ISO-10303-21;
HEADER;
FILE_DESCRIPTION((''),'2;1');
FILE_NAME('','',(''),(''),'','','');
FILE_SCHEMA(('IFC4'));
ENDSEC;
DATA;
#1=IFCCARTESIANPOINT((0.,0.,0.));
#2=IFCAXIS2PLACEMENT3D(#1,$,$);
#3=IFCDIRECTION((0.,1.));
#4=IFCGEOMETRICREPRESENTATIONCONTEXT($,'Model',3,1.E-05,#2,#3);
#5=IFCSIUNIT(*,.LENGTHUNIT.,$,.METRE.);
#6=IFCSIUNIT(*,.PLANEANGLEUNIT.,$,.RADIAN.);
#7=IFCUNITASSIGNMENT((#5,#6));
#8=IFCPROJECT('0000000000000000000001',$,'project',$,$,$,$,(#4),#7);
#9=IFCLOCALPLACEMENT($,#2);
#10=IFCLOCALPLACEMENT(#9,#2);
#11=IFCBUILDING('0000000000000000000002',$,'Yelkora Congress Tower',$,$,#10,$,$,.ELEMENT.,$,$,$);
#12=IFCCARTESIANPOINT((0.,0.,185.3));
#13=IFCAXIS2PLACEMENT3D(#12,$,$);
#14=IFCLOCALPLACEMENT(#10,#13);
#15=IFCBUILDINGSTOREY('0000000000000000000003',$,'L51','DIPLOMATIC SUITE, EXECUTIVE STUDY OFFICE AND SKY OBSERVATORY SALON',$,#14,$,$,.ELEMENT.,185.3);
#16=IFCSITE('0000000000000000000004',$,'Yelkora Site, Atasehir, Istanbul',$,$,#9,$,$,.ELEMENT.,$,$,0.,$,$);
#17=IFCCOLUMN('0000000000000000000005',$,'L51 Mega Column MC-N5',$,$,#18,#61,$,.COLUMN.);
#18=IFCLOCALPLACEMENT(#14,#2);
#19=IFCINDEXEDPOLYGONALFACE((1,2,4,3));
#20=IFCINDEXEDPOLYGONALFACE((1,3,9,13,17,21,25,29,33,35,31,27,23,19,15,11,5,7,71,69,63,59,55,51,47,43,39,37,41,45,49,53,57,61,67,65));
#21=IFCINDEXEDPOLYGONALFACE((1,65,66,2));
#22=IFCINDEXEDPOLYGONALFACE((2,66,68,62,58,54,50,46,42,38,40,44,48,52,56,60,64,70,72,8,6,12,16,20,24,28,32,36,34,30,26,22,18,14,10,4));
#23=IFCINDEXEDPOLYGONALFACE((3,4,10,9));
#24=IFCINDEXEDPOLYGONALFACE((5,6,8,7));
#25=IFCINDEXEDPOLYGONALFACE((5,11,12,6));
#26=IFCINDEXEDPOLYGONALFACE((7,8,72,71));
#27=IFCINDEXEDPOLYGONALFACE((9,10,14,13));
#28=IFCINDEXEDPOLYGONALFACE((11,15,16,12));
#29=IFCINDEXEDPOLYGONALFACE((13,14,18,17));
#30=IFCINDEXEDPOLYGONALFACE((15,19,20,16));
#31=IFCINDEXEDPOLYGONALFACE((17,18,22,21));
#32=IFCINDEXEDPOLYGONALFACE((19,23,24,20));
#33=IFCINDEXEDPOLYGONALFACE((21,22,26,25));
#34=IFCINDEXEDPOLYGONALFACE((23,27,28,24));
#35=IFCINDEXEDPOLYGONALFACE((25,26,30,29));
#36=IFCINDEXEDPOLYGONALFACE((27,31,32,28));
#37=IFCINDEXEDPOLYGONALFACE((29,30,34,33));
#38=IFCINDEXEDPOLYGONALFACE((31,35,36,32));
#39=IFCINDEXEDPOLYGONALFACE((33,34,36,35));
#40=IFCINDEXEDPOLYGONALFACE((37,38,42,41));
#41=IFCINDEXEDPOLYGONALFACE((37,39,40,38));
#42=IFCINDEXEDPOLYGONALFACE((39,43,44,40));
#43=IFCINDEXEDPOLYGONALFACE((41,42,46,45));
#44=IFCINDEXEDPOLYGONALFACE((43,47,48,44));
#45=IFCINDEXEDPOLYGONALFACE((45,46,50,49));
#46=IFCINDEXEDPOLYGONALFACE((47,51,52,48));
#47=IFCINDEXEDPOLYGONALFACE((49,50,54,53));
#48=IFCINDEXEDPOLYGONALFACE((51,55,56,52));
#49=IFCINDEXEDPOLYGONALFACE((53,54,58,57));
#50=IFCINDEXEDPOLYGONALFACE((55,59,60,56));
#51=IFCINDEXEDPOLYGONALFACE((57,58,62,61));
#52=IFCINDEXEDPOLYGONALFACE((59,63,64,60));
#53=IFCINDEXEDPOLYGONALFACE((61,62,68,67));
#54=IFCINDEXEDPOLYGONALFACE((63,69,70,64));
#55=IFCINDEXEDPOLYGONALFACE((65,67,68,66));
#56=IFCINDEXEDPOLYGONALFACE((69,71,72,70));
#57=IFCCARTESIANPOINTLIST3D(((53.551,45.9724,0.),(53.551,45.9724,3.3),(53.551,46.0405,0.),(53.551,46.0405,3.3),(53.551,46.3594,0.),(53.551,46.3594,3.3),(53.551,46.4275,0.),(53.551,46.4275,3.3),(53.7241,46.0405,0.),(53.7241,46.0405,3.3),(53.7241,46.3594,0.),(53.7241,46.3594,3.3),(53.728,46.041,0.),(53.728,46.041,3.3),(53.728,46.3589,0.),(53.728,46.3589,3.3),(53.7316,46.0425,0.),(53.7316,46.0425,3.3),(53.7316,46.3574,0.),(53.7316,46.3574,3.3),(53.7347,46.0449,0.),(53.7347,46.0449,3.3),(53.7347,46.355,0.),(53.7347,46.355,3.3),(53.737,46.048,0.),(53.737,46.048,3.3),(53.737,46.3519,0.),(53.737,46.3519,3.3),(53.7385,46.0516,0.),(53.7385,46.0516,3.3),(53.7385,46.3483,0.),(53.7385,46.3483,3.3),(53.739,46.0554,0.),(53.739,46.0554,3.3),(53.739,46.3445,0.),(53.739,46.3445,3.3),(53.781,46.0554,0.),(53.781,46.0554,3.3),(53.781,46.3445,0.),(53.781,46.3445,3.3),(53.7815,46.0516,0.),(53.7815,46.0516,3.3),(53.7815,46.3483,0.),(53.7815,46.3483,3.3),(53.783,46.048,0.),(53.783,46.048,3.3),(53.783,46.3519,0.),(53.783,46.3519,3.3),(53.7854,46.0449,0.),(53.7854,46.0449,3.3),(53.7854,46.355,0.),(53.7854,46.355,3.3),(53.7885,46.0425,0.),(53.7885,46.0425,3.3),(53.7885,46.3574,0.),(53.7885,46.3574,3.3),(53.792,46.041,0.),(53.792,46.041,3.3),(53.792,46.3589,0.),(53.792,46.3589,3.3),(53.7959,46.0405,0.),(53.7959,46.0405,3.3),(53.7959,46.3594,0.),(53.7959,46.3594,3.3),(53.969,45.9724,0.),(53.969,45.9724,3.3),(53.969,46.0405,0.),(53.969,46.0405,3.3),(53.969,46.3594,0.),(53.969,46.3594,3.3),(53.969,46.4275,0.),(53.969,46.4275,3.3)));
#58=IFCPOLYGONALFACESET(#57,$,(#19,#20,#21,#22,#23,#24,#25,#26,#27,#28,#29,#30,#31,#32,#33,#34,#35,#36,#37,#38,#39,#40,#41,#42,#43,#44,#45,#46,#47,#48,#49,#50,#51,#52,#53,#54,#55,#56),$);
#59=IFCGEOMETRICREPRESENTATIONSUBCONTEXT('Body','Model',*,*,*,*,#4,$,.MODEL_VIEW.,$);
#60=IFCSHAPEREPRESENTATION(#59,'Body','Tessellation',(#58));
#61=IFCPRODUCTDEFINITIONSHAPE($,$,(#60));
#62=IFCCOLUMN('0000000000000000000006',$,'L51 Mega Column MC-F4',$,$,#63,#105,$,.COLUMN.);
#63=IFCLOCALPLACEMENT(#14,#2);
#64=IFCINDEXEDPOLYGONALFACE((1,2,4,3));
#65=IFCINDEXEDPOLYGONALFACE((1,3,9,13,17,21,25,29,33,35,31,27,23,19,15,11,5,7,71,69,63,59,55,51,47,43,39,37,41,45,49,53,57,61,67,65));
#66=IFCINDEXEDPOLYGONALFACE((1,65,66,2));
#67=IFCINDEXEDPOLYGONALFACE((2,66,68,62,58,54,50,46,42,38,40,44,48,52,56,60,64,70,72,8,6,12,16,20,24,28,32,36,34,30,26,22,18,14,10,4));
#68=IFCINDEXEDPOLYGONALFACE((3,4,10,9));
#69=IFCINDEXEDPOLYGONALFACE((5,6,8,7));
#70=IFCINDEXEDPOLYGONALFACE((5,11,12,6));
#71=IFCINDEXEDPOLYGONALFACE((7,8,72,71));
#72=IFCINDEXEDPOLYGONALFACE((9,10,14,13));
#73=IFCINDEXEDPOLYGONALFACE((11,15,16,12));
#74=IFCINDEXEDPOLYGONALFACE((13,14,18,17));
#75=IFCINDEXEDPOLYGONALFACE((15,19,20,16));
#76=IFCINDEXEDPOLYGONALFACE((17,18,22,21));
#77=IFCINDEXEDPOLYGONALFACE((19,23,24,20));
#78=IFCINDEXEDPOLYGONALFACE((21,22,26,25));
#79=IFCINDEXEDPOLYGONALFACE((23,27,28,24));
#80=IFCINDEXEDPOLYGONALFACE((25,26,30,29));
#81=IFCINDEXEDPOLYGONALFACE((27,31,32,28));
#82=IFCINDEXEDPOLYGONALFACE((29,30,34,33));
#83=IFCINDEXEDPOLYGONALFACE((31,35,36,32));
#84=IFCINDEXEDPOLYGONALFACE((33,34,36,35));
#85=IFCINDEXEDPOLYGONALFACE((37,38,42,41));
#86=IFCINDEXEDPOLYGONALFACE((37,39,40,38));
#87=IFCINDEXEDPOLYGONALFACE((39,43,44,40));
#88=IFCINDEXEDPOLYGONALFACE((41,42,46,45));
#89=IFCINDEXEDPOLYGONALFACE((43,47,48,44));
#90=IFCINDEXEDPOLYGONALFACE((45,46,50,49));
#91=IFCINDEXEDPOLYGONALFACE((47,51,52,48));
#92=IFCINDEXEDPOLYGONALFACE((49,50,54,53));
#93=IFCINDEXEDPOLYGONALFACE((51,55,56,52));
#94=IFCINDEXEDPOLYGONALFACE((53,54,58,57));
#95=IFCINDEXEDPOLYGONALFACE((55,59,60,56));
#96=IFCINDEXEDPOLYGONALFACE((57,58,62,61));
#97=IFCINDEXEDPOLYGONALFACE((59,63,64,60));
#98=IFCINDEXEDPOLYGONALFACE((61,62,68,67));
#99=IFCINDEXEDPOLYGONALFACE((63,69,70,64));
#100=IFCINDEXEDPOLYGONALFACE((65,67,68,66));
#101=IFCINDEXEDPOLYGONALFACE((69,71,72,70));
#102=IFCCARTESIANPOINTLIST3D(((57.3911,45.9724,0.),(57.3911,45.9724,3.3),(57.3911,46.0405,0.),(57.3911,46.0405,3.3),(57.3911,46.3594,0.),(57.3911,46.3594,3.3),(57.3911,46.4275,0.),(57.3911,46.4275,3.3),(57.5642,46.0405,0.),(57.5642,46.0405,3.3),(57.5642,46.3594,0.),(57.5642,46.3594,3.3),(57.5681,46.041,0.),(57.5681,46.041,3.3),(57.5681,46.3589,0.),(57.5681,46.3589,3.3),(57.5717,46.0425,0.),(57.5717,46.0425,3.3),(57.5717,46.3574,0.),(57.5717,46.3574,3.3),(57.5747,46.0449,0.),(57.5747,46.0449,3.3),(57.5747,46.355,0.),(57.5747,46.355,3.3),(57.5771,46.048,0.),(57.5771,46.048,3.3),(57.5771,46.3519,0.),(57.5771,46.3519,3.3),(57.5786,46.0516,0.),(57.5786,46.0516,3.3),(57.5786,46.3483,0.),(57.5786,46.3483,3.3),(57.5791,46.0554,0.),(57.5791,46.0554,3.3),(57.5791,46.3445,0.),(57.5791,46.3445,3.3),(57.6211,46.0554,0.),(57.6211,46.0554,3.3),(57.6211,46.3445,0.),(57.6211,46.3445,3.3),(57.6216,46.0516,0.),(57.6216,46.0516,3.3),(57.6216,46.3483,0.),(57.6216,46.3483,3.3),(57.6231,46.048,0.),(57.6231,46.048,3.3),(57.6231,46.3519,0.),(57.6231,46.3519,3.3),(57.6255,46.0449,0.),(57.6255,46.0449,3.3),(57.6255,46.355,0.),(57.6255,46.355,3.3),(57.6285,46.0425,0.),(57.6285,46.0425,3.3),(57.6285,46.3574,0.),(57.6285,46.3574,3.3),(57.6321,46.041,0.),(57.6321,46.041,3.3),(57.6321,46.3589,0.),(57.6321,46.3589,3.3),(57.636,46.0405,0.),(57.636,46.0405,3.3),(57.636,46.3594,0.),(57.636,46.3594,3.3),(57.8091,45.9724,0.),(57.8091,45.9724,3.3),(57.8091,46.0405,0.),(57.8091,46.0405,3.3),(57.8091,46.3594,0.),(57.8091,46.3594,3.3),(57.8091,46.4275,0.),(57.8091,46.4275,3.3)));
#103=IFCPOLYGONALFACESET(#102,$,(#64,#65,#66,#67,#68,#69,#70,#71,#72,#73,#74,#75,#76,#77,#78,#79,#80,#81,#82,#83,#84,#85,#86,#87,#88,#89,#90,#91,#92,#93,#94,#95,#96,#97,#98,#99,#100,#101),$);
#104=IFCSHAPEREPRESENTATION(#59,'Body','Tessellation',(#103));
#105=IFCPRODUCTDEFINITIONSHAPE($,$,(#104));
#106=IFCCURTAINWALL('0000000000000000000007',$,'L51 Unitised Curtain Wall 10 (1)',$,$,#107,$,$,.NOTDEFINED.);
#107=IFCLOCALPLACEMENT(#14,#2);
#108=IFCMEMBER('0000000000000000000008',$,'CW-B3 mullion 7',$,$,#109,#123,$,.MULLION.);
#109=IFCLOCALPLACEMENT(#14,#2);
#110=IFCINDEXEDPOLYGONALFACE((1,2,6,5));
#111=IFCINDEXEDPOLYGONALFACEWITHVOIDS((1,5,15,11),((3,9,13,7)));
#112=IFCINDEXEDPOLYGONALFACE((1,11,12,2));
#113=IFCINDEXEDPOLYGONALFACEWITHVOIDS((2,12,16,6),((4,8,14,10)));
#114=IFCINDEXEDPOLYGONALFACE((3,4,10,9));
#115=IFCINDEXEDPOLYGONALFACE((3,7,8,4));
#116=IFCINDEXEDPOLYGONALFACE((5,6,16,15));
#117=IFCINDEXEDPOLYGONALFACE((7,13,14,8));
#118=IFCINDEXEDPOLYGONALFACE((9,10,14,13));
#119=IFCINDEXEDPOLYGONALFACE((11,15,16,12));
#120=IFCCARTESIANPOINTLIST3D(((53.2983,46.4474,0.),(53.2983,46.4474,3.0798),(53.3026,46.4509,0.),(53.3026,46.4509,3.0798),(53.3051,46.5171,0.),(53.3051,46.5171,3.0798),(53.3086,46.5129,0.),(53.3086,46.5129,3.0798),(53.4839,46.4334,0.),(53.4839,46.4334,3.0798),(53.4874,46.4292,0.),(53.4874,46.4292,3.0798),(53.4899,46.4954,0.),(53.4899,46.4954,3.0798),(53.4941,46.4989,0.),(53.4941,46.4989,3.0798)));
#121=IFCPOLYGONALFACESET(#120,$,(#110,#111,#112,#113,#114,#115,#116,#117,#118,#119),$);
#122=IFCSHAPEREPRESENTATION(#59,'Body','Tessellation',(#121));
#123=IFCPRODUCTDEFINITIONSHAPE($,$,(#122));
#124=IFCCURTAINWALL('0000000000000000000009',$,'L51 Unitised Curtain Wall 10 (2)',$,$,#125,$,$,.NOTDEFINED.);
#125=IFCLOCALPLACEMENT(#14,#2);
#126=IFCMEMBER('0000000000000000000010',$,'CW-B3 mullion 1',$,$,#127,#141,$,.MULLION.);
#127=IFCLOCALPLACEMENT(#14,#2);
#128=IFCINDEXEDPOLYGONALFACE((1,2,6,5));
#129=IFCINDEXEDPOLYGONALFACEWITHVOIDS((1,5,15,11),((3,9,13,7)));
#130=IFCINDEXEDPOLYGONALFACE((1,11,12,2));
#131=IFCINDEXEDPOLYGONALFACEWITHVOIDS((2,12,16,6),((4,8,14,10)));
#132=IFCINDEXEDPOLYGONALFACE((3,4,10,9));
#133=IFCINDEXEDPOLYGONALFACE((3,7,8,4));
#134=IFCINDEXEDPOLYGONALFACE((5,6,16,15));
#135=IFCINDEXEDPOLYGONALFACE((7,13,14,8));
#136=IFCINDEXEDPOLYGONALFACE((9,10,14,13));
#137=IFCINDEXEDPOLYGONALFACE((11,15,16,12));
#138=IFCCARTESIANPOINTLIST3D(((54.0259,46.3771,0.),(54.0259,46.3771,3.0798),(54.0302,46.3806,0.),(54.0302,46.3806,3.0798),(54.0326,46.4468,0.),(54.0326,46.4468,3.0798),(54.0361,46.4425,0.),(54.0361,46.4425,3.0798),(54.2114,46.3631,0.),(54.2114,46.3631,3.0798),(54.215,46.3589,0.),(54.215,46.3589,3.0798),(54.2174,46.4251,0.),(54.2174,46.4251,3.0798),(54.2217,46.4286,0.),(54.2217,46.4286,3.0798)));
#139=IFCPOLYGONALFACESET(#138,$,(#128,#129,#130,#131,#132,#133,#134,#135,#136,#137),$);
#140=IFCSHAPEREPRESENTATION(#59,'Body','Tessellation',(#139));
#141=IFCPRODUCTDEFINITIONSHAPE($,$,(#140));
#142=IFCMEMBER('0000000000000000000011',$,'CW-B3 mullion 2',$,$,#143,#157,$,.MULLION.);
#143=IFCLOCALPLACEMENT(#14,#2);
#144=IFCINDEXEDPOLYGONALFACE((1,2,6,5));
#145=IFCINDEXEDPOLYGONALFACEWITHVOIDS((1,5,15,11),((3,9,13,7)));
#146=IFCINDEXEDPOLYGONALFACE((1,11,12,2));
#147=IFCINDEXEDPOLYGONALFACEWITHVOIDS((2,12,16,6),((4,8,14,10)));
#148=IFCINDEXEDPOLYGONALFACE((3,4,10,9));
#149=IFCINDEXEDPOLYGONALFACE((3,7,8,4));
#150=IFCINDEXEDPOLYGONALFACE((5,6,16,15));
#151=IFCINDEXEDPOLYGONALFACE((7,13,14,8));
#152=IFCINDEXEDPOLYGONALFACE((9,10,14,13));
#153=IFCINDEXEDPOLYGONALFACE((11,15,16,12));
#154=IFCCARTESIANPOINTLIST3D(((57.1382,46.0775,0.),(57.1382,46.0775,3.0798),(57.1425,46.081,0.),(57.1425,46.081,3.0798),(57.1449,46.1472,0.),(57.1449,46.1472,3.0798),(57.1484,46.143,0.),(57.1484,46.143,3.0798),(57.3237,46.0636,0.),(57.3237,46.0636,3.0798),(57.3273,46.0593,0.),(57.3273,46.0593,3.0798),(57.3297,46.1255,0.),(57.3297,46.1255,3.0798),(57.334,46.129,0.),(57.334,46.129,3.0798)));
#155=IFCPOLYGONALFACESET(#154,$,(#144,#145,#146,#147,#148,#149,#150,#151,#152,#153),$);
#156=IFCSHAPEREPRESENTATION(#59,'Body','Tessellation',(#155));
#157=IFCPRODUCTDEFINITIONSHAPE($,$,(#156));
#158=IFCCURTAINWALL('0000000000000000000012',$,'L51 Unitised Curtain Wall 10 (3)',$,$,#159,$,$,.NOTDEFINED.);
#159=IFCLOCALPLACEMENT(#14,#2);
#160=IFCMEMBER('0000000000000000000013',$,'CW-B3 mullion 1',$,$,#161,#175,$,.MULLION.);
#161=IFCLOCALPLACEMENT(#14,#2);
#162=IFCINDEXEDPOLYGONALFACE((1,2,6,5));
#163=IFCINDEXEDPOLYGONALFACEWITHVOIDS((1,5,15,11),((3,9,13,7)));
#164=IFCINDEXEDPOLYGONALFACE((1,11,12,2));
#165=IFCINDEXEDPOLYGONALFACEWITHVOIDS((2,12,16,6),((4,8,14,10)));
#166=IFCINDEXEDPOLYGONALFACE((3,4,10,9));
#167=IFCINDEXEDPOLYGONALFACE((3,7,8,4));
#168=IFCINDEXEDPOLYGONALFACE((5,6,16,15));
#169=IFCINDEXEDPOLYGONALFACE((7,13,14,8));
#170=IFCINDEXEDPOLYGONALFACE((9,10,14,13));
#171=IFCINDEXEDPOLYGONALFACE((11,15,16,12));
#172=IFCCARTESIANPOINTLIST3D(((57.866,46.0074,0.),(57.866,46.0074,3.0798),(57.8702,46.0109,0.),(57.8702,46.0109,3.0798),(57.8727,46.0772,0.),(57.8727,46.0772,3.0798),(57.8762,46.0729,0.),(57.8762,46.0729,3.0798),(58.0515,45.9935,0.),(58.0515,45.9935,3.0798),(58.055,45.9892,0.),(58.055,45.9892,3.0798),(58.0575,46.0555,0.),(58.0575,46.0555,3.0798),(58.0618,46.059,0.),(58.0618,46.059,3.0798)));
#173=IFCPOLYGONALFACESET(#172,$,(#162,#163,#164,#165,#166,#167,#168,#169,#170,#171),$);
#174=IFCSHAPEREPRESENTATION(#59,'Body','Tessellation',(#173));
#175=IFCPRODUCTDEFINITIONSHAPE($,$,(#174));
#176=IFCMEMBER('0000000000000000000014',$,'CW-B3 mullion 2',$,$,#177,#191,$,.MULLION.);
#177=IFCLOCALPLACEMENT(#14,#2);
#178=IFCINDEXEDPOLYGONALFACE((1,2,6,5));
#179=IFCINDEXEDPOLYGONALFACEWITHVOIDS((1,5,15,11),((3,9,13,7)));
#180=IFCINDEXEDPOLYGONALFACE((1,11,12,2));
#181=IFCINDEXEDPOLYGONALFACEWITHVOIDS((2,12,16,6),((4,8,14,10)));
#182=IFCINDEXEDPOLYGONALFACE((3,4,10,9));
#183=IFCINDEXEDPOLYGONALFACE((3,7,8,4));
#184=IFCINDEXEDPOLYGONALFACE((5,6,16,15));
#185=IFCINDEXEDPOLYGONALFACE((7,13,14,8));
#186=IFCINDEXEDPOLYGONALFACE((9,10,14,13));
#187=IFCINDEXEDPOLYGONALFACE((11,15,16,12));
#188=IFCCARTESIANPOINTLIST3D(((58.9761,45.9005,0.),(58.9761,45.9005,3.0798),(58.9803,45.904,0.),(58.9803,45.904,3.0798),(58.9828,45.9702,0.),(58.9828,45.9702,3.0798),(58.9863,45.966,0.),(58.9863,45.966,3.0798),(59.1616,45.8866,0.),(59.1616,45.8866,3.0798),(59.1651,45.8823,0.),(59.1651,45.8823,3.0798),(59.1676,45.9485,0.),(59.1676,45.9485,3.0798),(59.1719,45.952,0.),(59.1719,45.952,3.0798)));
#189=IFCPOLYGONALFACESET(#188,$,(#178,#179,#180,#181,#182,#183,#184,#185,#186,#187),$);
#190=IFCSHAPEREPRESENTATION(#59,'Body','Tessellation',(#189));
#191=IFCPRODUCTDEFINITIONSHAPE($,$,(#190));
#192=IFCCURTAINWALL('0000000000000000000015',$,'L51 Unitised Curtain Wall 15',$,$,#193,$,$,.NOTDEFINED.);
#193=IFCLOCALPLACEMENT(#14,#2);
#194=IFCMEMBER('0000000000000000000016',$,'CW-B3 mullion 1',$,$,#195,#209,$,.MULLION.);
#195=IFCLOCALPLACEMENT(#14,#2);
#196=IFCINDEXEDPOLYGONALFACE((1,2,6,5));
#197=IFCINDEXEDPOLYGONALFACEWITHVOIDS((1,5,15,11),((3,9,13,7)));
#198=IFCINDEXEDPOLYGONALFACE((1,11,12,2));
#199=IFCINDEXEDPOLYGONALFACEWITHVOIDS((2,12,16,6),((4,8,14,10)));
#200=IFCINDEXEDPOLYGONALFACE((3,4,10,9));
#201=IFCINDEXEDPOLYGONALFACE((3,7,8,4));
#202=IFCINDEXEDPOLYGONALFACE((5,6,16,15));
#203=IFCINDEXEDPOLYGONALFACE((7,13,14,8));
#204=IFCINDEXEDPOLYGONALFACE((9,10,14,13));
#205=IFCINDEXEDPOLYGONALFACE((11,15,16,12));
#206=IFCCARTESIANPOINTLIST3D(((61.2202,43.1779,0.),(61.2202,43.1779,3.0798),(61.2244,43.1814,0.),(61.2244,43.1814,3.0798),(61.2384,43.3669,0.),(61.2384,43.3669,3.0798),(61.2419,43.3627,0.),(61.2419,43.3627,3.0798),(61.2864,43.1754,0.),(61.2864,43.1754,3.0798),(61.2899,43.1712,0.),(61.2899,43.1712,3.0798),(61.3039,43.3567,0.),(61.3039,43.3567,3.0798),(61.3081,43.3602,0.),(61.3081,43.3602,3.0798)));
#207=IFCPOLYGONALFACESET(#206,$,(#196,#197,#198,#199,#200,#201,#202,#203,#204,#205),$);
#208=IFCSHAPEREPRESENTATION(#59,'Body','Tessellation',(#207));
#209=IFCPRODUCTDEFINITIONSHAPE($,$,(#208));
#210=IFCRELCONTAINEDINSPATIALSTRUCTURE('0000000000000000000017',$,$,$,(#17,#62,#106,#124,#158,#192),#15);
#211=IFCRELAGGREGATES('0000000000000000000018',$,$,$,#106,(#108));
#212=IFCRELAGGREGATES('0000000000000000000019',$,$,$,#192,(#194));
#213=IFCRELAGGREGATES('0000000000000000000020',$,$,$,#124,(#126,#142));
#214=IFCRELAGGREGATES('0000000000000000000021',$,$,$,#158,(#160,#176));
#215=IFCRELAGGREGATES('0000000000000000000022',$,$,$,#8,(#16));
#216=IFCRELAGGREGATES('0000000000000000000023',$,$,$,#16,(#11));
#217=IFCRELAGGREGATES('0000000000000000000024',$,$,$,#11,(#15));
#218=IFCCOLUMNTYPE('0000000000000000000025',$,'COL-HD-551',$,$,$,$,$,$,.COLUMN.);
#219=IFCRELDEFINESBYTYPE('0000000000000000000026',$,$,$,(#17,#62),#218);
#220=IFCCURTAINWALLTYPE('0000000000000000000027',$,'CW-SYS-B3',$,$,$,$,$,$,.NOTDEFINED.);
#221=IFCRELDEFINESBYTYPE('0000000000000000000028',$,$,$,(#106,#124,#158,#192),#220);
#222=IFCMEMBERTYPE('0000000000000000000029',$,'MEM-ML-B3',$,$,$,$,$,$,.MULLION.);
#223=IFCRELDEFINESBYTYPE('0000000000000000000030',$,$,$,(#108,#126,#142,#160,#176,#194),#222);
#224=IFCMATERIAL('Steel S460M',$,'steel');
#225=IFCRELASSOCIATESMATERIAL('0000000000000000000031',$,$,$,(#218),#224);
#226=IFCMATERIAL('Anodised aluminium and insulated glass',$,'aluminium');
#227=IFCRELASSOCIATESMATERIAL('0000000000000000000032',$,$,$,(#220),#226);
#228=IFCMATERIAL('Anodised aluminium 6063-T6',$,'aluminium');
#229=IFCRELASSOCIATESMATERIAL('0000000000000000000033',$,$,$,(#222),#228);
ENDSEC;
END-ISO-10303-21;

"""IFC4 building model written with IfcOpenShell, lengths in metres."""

from ifc_helpers import new_model, si_unit, direction, frame, origin, origin_2d, place, context, subcontext, project, spatial, hollow_rectangle, i_section, extrude, material, material_profile, profile_set, type_object, element, aggregate, save


model = new_model("IFC4")

# Units and contexts
model_context = context("Model", 3, precision=1e-05, world=origin(), true_north=direction((0.0, 1.0)))
body_context = subcontext(model_context, "Body", "Model", "MODEL_VIEW")
ifc_project = project(units=[si_unit("LENGTHUNIT", "METRE"), si_unit("PLANEANGLEUNIT", "RADIAN")], contexts=[model_context])

# Site, building, storey
site_placement = place(None, origin())
site = spatial("IfcSite", under=ifc_project, at=site_placement, Name="Yelkora Site, Atasehir, Istanbul", CompositionType="ELEMENT", RefElevation=0.0)
building_placement = place(site_placement, origin())
building = spatial("IfcBuilding", under=site, at=building_placement, Name="Yelkora Congress Tower", CompositionType="ELEMENT")
storey_placement = place(building_placement, frame((0.0, 0.0, 185.3)))
storey = spatial("IfcBuildingStorey", under=building, at=storey_placement, Name="L51", Description="DIPLOMATIC SUITE, EXECUTIVE STUDY OFFICE AND SKY OBSERVATORY SALON", CompositionType="ELEMENT", Elevation=185.3)

# Columns
ifc_material_1 = material(Name="Steel S460M", Category="steel")
ifc_material_profile_1 = material_profile(ifc_material_1, i_section(OverallWidth=0.418, OverallDepth=0.4551, WebThickness=0.042, FlangeThickness=0.0681, FilletRadius=0.0149, at=origin_2d()), Name="HD 400x551")
ifc_profile_set_1 = profile_set([ifc_material_profile_1], Name="Steel S460M")
column_type = type_object("IfcColumnType", Name="COL-HD-551", PredefinedType="COLUMN", material=ifc_profile_set_1)
for number, where, z_axis, x_axis, name in (
    (1, (53.76, 46.2, 0.0), (0.0, 0.0, 1.0), (1.0, 0.0, 0.0), "L51 Mega Column MC-N5"),
    (2, (57.6001, 46.2, 0.0), (0.0, 0.0, 1.0), (1.0, 0.0, 0.0), "L51 Mega Column MC-F4"),
):
    element("IfcColumn", number, at=place(storey_placement, frame(where, z_axis=z_axis, x_axis=x_axis)), inside=storey, type_object=column_type, Name=name, PredefinedType="COLUMN", context=body_context, shape_type="SweptSolid", body=[
        extrude(i_section(OverallWidth=0.418, OverallDepth=0.4551, WebThickness=0.042, FlangeThickness=0.0681, FilletRadius=0.0149, at=origin_2d()), origin(), (0.0, 0.0, 1.0), 3.3),
    ])

# Curtain wall, member
ifc_material_2 = material(Name="Anodised aluminium and insulated glass", Category="aluminium")
curtain_wall_type = type_object("IfcCurtainWallType", Name="CW-SYS-B3", PredefinedType="NOTDEFINED", material=ifc_material_2)
curtain_wall_1_placement = place(storey_placement, origin())
curtain_wall_1 = element("IfcCurtainWall", 3, at=curtain_wall_1_placement, inside=storey, type_object=curtain_wall_type, Name="L51 Unitised Curtain Wall 10 (1)", PredefinedType="NOTDEFINED")
ifc_material_3 = material(Name="Anodised aluminium 6063-T6", Category="aluminium")
ifc_material_profile_2 = material_profile(ifc_material_3, hollow_rectangle(XDim=0.0701, YDim=0.1899, WallThickness=0.0039, at=origin_2d()), Name="ALU 70x190x4")
ifc_profile_set_2 = profile_set([ifc_material_profile_2], Name="Anodised aluminium 6063-T6")
member_type_1 = type_object("IfcMemberType", Name="MEM-ML-B3", PredefinedType="MULLION", material=ifc_profile_set_2)
member_1_placement = place(storey_placement, frame((53.3962, 46.4731, 0.0), z_axis=(0.0, 0.0, 1.0), x_axis=(0.095845, 0.995396, 0.0)))
member_1 = element("IfcMember", 4, at=member_1_placement, type_object=member_type_1, Name="CW-B3 mullion 7", PredefinedType="MULLION", context=body_context, shape_type="SweptSolid", body=[
    extrude(hollow_rectangle(XDim=0.0701, YDim=0.1899, WallThickness=0.0039, at=origin_2d()), origin(), (0.0, 0.0, 1.0), 3.0798),
])
aggregate(curtain_wall_1, [member_1])

# Curtain walls, members
curtain_wall_2_placement = place(storey_placement, origin())
curtain_wall_2 = element("IfcCurtainWall", 5, at=curtain_wall_2_placement, inside=storey, type_object=curtain_wall_type, Name="L51 Unitised Curtain Wall 10 (2)", PredefinedType="NOTDEFINED")
member_2_placement = place(storey_placement, frame((54.1238, 46.4028, 0.0), z_axis=(0.0, 0.0, 1.0), x_axis=(0.095848, 0.995396, 0.0)))
member_2 = element("IfcMember", 6, at=member_2_placement, type_object=member_type_1, Name="CW-B3 mullion 1", PredefinedType="MULLION", context=body_context, shape_type="SweptSolid", body=[
    extrude(hollow_rectangle(XDim=0.0701, YDim=0.1899, WallThickness=0.0039, at=origin_2d()), origin(), (0.0, 0.0, 1.0), 3.0798),
])
member_3_placement = place(storey_placement, frame((57.2361, 46.1033, 0.0), z_axis=(0.0, 0.0, 1.0), x_axis=(0.095848, 0.995396, 0.0)))
member_3 = element("IfcMember", 7, at=member_3_placement, type_object=member_type_1, Name="CW-B3 mullion 2", PredefinedType="MULLION", context=body_context, shape_type="SweptSolid", body=[
    extrude(hollow_rectangle(XDim=0.0701, YDim=0.1899, WallThickness=0.0039, at=origin_2d()), origin(), (0.0, 0.0, 1.0), 3.0798),
])
curtain_wall_3_placement = place(storey_placement, origin())
curtain_wall_3 = element("IfcCurtainWall", 8, at=curtain_wall_3_placement, inside=storey, type_object=curtain_wall_type, Name="L51 Unitised Curtain Wall 10 (3)", PredefinedType="NOTDEFINED")
member_4_placement = place(storey_placement, frame((57.9639, 46.0332, 0.0), z_axis=(0.0, 0.0, 1.0), x_axis=(0.095852, 0.995396, 0.0)))
member_4 = element("IfcMember", 9, at=member_4_placement, type_object=member_type_1, Name="CW-B3 mullion 1", PredefinedType="MULLION", context=body_context, shape_type="SweptSolid", body=[
    extrude(hollow_rectangle(XDim=0.0701, YDim=0.1899, WallThickness=0.0039, at=origin_2d()), origin(), (0.0, 0.0, 1.0), 3.0798),
])
member_5_placement = place(storey_placement, frame((59.074, 45.9263, 0.0), z_axis=(0.0, 0.0, 1.0), x_axis=(0.095852, 0.995396, 0.0)))
member_5 = element("IfcMember", 10, at=member_5_placement, type_object=member_type_1, Name="CW-B3 mullion 2", PredefinedType="MULLION", context=body_context, shape_type="SweptSolid", body=[
    extrude(hollow_rectangle(XDim=0.0701, YDim=0.1899, WallThickness=0.0039, at=origin_2d()), origin(), (0.0, 0.0, 1.0), 3.0798),
])

# Curtain wall, member
curtain_wall_4_placement = place(storey_placement, origin())
curtain_wall_4 = element("IfcCurtainWall", 11, at=curtain_wall_4_placement, inside=storey, type_object=curtain_wall_type, Name="L51 Unitised Curtain Wall 15", PredefinedType="NOTDEFINED")
member_6_placement = place(storey_placement, frame((61.2642, 43.269, 0.0), z_axis=(0.0, 0.0, 1.0), x_axis=(0.995397, -0.095842, 0.0)))
member_6 = element("IfcMember", 12, at=member_6_placement, type_object=member_type_1, Name="CW-B3 mullion 1", PredefinedType="MULLION", context=body_context, shape_type="SweptSolid", body=[
    extrude(hollow_rectangle(XDim=0.0701, YDim=0.1899, WallThickness=0.0039, at=origin_2d()), origin(), (0.0, 0.0, 1.0), 3.0798),
])

aggregate(curtain_wall_4, [member_6])

aggregate(curtain_wall_2, [member_2, member_3])
aggregate(curtain_wall_3, [member_4, member_5])

save(model, "model.ifc")
